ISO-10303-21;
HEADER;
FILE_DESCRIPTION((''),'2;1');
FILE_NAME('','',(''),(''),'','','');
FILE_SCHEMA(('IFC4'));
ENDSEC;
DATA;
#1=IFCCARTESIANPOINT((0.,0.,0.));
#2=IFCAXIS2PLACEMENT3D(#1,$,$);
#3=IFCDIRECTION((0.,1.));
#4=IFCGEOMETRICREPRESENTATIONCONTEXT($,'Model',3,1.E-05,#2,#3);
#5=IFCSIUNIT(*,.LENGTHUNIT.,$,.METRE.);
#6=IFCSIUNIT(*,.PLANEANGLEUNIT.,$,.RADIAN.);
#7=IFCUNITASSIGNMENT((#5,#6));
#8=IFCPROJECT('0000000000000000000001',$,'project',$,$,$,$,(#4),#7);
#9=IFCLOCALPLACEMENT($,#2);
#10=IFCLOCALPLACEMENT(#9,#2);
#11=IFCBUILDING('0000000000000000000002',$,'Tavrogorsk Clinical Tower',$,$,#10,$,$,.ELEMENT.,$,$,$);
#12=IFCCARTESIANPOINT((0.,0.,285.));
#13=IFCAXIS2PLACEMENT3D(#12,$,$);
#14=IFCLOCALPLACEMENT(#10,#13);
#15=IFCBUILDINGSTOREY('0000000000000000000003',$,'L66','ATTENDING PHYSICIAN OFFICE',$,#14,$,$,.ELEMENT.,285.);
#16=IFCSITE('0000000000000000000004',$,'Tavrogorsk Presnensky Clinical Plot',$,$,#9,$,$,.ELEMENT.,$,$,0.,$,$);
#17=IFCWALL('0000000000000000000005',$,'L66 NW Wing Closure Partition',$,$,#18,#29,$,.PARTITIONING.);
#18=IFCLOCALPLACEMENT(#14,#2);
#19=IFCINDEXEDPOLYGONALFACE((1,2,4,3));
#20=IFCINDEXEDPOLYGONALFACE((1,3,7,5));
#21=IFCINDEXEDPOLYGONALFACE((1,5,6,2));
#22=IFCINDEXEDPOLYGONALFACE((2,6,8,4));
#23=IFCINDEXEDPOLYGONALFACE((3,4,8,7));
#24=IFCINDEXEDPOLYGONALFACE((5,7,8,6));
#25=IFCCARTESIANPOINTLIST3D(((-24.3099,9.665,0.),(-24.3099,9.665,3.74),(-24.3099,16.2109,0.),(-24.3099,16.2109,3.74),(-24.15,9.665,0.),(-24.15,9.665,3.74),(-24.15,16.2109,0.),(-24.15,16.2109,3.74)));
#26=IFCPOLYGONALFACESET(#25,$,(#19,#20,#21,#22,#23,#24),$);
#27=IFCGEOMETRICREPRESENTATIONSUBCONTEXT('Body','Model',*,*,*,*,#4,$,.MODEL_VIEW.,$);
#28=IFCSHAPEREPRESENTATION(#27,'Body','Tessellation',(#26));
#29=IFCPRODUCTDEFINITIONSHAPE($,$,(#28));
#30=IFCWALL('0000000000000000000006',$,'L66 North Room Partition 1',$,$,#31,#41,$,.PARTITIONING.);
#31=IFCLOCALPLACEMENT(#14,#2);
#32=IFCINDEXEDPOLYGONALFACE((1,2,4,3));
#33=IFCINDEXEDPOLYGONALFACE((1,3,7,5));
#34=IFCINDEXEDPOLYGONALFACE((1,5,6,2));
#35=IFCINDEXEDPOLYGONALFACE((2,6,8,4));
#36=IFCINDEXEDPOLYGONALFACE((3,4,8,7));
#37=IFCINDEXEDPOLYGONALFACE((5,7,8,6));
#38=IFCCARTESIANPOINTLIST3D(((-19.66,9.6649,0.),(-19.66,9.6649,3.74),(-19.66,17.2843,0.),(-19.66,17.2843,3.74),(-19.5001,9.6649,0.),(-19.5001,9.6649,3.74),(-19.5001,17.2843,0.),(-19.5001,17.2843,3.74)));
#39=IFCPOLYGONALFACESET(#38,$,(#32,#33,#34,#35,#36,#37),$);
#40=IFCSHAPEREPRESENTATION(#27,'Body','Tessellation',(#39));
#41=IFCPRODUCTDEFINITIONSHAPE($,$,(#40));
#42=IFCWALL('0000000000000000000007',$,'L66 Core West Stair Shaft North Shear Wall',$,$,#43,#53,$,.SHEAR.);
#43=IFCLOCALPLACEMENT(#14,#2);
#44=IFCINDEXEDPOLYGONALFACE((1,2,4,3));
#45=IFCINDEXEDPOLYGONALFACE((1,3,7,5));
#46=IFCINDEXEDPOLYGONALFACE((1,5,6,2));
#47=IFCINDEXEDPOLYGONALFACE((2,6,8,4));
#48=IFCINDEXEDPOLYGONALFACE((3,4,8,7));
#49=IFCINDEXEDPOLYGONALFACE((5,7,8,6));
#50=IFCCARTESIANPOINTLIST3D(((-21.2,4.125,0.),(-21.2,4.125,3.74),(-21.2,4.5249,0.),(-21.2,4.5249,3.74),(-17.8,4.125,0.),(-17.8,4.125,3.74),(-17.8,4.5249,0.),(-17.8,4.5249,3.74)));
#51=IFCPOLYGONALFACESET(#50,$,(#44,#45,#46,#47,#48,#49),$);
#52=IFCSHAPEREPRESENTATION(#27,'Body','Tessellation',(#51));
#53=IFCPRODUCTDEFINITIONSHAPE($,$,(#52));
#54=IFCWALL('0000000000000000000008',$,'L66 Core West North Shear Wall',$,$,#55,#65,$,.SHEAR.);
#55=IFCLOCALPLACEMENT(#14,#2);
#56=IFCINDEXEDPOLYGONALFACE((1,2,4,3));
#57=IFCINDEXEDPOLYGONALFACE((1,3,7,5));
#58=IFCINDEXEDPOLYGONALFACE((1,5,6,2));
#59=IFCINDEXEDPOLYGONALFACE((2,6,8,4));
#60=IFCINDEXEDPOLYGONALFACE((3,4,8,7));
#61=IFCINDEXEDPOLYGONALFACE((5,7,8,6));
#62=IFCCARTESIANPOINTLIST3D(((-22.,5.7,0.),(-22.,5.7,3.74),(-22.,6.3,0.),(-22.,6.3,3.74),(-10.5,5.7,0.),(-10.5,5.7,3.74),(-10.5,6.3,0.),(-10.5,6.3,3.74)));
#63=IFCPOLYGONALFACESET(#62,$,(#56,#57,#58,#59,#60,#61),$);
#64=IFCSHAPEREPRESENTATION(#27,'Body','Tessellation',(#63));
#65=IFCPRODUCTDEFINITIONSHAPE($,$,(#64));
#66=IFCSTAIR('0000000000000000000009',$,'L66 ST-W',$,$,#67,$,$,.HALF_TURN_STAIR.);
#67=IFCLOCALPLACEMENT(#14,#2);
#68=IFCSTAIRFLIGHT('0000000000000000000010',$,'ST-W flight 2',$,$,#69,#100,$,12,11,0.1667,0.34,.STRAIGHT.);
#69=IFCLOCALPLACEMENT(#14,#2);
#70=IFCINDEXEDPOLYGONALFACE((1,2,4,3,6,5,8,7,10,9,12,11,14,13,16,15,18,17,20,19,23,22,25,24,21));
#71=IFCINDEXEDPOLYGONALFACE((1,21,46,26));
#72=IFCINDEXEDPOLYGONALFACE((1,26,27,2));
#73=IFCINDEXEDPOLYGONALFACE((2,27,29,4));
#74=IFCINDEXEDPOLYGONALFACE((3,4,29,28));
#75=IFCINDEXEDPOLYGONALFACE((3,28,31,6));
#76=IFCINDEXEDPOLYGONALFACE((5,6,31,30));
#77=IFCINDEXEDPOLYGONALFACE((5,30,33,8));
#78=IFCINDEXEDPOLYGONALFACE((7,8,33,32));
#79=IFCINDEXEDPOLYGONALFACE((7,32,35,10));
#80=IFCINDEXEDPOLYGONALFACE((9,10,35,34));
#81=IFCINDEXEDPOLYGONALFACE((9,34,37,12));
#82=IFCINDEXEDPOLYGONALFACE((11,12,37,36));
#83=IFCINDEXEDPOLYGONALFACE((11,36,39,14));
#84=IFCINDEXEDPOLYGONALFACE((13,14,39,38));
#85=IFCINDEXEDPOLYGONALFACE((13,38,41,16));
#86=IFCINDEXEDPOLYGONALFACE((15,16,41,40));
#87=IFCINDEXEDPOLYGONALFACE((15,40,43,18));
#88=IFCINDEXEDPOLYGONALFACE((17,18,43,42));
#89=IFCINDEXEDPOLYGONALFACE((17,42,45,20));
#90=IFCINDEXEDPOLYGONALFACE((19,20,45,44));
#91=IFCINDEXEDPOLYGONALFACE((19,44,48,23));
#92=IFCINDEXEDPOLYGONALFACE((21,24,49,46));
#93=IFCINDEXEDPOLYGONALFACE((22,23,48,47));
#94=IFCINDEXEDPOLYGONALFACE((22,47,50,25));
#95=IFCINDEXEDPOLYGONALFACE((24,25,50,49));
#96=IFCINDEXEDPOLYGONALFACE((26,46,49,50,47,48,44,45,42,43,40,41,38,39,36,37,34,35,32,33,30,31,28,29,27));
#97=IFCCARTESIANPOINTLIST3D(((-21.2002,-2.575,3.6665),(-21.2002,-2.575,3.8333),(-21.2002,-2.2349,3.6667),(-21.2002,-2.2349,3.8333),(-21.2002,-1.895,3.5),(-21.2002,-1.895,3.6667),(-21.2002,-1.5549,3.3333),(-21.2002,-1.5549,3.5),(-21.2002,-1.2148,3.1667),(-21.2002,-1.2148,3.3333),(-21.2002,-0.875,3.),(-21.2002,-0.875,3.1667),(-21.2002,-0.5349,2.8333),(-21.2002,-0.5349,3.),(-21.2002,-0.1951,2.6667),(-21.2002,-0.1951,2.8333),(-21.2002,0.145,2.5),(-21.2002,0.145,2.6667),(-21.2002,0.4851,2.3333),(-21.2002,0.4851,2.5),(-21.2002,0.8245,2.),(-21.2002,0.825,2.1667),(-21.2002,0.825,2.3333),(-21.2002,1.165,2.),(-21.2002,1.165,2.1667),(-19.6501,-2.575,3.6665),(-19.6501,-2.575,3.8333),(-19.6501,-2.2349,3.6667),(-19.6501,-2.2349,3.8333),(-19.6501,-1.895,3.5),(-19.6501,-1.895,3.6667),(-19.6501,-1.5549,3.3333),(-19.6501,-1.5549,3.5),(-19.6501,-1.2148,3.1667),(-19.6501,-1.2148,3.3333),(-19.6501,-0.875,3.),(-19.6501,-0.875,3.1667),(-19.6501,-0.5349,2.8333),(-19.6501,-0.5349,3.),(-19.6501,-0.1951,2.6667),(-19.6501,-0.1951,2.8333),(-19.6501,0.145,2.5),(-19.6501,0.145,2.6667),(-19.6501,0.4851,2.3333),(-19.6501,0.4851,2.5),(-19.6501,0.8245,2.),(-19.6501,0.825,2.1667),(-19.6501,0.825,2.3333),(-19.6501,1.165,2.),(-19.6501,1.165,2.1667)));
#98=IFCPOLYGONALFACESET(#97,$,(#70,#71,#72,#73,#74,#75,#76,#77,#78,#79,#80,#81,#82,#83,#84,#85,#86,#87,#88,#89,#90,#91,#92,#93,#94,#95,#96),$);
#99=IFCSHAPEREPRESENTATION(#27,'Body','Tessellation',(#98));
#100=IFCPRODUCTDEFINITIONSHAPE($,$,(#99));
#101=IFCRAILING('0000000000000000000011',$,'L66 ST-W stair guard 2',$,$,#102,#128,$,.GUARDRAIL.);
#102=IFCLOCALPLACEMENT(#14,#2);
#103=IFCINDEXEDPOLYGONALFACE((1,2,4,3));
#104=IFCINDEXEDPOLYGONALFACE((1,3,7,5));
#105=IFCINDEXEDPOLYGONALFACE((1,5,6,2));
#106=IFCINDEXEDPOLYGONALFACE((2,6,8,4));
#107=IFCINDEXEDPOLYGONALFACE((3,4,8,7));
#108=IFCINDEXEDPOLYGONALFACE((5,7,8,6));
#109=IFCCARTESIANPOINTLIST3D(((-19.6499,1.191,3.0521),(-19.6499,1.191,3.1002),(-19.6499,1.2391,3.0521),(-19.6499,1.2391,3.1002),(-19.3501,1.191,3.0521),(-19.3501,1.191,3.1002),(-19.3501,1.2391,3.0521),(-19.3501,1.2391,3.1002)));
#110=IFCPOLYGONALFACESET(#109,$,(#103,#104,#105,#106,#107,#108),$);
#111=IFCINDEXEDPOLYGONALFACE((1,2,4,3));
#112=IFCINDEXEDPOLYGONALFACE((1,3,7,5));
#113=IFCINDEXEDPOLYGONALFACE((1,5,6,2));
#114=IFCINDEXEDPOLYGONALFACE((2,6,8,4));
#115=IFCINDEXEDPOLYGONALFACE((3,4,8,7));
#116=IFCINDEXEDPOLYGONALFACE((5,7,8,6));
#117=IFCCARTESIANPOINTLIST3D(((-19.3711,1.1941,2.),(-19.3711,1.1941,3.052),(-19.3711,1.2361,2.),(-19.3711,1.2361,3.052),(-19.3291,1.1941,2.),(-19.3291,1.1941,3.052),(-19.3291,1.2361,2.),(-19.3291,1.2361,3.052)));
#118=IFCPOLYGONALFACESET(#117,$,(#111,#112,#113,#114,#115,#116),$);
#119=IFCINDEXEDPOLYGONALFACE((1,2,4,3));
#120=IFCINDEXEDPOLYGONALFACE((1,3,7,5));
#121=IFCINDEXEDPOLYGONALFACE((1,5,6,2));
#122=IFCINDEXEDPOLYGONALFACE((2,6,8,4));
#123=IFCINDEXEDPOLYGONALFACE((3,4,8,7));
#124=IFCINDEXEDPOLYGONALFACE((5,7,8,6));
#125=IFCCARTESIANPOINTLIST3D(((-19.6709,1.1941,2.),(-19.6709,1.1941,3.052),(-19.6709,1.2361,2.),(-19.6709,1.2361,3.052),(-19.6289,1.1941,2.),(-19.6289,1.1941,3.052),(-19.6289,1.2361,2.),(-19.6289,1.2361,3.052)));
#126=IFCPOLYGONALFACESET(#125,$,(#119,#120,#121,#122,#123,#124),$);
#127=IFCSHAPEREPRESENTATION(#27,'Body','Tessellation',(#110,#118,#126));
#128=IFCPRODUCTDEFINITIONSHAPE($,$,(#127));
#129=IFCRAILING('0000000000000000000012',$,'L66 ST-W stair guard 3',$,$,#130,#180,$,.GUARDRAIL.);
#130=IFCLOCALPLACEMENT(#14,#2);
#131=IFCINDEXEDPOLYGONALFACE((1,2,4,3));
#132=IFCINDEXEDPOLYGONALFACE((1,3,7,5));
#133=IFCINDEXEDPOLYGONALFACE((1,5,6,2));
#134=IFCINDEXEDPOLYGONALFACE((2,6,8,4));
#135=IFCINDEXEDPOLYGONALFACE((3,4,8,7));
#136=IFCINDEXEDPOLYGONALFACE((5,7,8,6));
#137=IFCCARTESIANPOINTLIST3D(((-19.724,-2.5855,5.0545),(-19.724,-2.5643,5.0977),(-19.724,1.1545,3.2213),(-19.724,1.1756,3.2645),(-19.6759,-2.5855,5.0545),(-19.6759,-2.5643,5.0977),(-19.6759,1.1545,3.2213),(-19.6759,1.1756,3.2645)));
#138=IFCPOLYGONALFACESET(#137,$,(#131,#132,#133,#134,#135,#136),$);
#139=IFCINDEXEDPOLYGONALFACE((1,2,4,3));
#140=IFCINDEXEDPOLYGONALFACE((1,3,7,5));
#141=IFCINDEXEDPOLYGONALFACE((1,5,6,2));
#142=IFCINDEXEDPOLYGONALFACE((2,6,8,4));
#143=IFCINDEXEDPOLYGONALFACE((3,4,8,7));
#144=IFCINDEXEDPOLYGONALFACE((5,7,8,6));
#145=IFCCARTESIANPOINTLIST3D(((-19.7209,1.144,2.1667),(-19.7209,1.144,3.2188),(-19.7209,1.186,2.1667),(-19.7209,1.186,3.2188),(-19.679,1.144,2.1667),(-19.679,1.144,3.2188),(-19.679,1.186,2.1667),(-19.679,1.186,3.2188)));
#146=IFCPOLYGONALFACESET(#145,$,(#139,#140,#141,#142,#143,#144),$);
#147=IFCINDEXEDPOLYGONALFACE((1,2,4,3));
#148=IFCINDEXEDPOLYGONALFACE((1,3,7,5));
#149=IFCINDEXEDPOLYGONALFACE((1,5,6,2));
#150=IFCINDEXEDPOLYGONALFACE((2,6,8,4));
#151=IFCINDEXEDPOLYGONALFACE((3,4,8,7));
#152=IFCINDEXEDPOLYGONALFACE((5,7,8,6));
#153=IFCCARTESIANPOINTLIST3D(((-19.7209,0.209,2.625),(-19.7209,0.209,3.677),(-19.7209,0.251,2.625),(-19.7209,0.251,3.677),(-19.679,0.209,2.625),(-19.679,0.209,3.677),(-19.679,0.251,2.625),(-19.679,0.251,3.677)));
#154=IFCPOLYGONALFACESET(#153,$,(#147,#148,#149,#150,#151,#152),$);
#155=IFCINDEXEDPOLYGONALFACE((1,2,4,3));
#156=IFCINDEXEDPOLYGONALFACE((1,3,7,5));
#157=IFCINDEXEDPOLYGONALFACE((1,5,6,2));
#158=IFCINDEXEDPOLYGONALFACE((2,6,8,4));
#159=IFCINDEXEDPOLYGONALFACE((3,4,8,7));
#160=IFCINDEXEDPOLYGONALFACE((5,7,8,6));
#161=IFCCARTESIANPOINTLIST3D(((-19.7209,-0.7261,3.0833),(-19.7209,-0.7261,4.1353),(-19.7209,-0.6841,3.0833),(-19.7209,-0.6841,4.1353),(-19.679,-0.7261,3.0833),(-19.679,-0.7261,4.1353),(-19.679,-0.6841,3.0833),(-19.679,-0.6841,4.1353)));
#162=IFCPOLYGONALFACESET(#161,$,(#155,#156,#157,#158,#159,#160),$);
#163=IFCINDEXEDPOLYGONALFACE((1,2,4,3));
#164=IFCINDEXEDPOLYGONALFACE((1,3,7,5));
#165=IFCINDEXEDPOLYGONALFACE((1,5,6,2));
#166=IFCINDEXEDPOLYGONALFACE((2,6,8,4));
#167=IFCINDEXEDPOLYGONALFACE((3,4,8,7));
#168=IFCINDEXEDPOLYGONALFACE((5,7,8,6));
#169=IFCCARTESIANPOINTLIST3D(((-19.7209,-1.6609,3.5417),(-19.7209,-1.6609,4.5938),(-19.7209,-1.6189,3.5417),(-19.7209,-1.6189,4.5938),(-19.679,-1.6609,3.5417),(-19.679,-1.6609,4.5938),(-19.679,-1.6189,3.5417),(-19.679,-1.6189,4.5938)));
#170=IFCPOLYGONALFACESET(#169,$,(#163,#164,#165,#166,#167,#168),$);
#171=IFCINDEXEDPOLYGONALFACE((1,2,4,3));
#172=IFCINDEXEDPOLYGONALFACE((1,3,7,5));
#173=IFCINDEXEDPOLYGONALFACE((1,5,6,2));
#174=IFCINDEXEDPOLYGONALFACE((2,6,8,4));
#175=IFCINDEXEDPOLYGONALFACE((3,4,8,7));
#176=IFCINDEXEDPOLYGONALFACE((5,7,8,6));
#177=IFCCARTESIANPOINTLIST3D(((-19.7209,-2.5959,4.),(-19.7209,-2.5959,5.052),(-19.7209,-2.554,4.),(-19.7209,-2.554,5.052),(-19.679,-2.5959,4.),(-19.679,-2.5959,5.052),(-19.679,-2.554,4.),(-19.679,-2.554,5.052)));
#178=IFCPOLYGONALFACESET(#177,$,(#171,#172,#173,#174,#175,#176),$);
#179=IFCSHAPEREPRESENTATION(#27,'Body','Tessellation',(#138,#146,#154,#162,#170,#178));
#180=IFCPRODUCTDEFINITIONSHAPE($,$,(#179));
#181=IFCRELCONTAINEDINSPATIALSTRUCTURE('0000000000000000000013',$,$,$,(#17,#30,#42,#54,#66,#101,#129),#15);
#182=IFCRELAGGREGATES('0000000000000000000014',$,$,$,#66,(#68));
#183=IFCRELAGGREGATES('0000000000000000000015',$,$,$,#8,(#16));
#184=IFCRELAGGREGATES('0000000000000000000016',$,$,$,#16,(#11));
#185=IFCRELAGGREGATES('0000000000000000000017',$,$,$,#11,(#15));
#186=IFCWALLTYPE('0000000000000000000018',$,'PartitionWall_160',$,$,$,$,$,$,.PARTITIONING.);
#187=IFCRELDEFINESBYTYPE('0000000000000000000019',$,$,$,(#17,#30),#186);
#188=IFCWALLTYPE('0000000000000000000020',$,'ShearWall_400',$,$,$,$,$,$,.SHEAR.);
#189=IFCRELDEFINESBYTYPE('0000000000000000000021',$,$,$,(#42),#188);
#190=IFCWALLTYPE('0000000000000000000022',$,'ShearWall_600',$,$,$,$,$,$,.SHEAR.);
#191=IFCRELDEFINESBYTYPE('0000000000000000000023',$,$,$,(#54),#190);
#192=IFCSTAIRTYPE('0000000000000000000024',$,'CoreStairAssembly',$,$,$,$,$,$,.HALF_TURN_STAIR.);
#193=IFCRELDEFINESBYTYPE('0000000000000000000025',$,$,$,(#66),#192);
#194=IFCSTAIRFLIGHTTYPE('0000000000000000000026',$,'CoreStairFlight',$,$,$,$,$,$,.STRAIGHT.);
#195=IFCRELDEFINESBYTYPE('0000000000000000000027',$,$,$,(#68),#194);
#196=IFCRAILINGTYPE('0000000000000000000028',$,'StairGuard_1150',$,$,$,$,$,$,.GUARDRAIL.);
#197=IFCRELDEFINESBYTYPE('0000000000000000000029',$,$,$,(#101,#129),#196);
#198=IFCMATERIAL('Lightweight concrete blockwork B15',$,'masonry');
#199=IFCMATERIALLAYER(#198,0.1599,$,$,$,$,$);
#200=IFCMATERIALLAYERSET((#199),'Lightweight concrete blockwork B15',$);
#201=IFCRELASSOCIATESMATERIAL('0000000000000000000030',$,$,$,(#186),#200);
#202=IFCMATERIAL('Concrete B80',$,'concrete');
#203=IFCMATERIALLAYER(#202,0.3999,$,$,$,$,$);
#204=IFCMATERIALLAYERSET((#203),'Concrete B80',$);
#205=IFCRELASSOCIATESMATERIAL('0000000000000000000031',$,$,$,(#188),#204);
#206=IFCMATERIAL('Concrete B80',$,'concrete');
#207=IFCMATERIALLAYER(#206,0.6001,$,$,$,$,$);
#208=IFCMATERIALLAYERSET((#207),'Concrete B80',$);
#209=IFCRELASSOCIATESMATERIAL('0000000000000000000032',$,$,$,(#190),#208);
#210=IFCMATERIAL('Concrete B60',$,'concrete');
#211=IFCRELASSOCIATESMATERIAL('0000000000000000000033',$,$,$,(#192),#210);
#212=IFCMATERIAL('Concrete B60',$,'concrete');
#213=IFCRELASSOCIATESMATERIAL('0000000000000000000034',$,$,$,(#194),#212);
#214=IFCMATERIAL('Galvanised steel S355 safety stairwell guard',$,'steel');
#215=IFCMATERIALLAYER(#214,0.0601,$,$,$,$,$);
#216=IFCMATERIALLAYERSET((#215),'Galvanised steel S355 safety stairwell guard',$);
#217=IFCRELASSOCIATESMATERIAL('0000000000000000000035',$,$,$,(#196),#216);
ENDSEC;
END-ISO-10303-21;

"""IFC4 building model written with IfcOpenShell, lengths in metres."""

from ifc_helpers import new_model, si_unit, direction, frame, frame_2d, origin, origin_2d, place, context, subcontext, project, spatial, polyline, rectangle, outline, extrude, material, layer, layer_set, type_object, element, aggregate, save


model = new_model("IFC4")

# Units and contexts
model_context = context("Model", 3, precision=1e-05, world=origin(), true_north=direction((0.0, 1.0)))
body_context = subcontext(model_context, "Body", "Model", "MODEL_VIEW")
ifc_project = project(units=[si_unit("LENGTHUNIT", "METRE"), si_unit("PLANEANGLEUNIT", "RADIAN")], contexts=[model_context])

# Site, building, storey
site_placement = place(None, origin())
site = spatial("IfcSite", under=ifc_project, at=site_placement, Name="Tavrogorsk Presnensky Clinical Plot", CompositionType="ELEMENT", RefElevation=0.0)
building_placement = place(site_placement, origin())
building = spatial("IfcBuilding", under=site, at=building_placement, Name="Tavrogorsk Clinical Tower", CompositionType="ELEMENT")
storey_placement = place(building_placement, frame((0.0, 0.0, 285.0)))
storey = spatial("IfcBuildingStorey", under=building, at=storey_placement, Name="L66", Description="ATTENDING PHYSICIAN OFFICE", CompositionType="ELEMENT", Elevation=285.0)

# Shared definitions
ifc_material_1 = material(Name="Lightweight concrete blockwork B15", Category="masonry")
ifc_layer_1 = layer(ifc_material_1, 0.1599)
ifc_layer_set_1 = layer_set([ifc_layer_1], Name="Lightweight concrete blockwork B15")
wall_type_1 = type_object("IfcWallType", Name="PartitionWall_160", PredefinedType="PARTITIONING", material=ifc_layer_set_1)

# Walls
wall_1_placement = place(storey_placement, frame((-24.23, 9.665, 0.0), z_axis=(0.0, 0.0, 1.0), x_axis=(0.0, 1.0, 0.0)))
element("IfcWall", 1, at=wall_1_placement, inside=storey, type_object=wall_type_1, Name="L66 NW Wing Closure Partition", PredefinedType="PARTITIONING", context=body_context, shape_type="SweptSolid", body=[
    extrude(rectangle(XDim=6.5459, YDim=0.1599, at=frame_2d((3.2729, 0.0))), origin(), (0.0, 0.0, 1.0), 3.74),
])
wall_2_placement = place(storey_placement, frame((-19.5801, 9.665, 0.0), z_axis=(0.0, 0.0, 1.0), x_axis=(0.0, 1.0, 0.0)))
element("IfcWall", 2, at=wall_2_placement, inside=storey, type_object=wall_type_1, Name="L66 North Room Partition 1", PredefinedType="PARTITIONING", context=body_context, shape_type="SweptSolid", body=[
    extrude(rectangle(XDim=7.6194, YDim=0.1599, at=frame_2d((3.8096, 0.0))), origin(), (0.0, 0.0, 1.0), 3.74),
])
ifc_material_2 = material(Name="Concrete B80", Category="concrete")
ifc_layer_2 = layer(ifc_material_2, 0.3999)
ifc_layer_set_2 = layer_set([ifc_layer_2], Name="Concrete B80")
wall_type_2 = type_object("IfcWallType", Name="ShearWall_400", PredefinedType="SHEAR", material=ifc_layer_set_2)
wall_3_placement = place(storey_placement, frame((-21.2, 4.325, 0.0), z_axis=(0.0, 0.0, 1.0), x_axis=(1.0, 0.0, 0.0)))
element("IfcWall", 3, at=wall_3_placement, inside=storey, type_object=wall_type_2, Name="L66 Core West Stair Shaft North Shear Wall", PredefinedType="SHEAR", context=body_context, shape_type="SweptSolid", body=[
    extrude(rectangle(XDim=3.3999, YDim=0.3999, at=frame_2d((1.7, 0.0))), origin(), (0.0, 0.0, 1.0), 3.74),
])
ifc_material_3 = material(Name="Concrete B80", Category="concrete")
ifc_layer_3 = layer(ifc_material_3, 0.6001)
ifc_layer_set_3 = layer_set([ifc_layer_3], Name="Concrete B80")
wall_type_3 = type_object("IfcWallType", Name="ShearWall_600", PredefinedType="SHEAR", material=ifc_layer_set_3)
wall_4_placement = place(storey_placement, frame((-22.0, 6.0, 0.0), z_axis=(0.0, 0.0, 1.0), x_axis=(1.0, 0.0, 0.0)))
element("IfcWall", 4, at=wall_4_placement, inside=storey, type_object=wall_type_3, Name="L66 Core West North Shear Wall", PredefinedType="SHEAR", context=body_context, shape_type="SweptSolid", body=[
    extrude(rectangle(XDim=11.5, YDim=0.6001, at=frame_2d((5.75, 0.0))), origin(), (0.0, 0.0, 1.0), 3.74),
])

# Stair, stair flight
ifc_material_4 = material(Name="Concrete B60", Category="concrete")
stair_type = type_object("IfcStairType", Name="CoreStairAssembly", PredefinedType="HALF_TURN_STAIR", material=ifc_material_4)
stair_placement = place(storey_placement, origin())
stair = element("IfcStair", 5, at=stair_placement, inside=storey, type_object=stair_type, Name="L66 ST-W", PredefinedType="HALF_TURN_STAIR")
ifc_material_5 = material(Name="Concrete B60", Category="concrete")
stair_flight_type = type_object("IfcStairFlightType", Name="CoreStairFlight", PredefinedType="STRAIGHT", material=ifc_material_5)
stair_flight_placement = place(storey_placement, frame((-20.425, 1.165, 2.0), z_axis=(0.0, 0.0, 1.0), x_axis=(0.0, -1.0, 0.0)))
stair_flight = element("IfcStairFlight", 6, at=stair_flight_placement, type_object=stair_flight_type, Name="ST-W flight 2", NumberOfRisers=12, NumberOfTreads=11, PredefinedType="STRAIGHT", RiserHeight=0.1667, TreadLength=0.34, context=body_context, shape_type="SweptSolid", body=[
    extrude(outline(polyline([(0.0, 0.0), (0.0, 0.1667), (0.3401, 0.1667), (0.3401, 0.3333), (0.6799, 0.3333), (0.6799, 0.5), (1.02, 0.5), (1.02, 0.6667), (1.3601, 0.6667), (1.3601, 0.8333), (1.7, 0.8333), (1.7, 1.0), (2.04, 1.0), (2.04, 1.1667), (2.3799, 1.1667), (2.3799, 1.3333), (2.72, 1.3333), (2.72, 1.5), (3.0601, 1.5), (3.0601, 1.6667), (3.3999, 1.6667), (3.3999, 1.8333), (3.74, 1.8333), (3.74, 2.0), (3.74, 1.6665), (0.3406, 0.0), (0.0, 0.0)])), frame((0.0, 0.7749, 0.0), z_axis=(0.0, -1.0, 0.0), x_axis=(1.0, 0.0, 0.0)), (0.0, 0.0, 1.0), 1.55),
])
aggregate(stair, [stair_flight])

# Railings
ifc_material_6 = material(Name="Galvanised steel S355 safety stairwell guard", Category="steel")
ifc_layer_4 = layer(ifc_material_6, 0.0601)
ifc_layer_set_4 = layer_set([ifc_layer_4], Name="Galvanised steel S355 safety stairwell guard")
railing_type_1 = type_object("IfcRailingType", Name="StairGuard_1150", PredefinedType="GUARDRAIL", material=ifc_layer_set_4)
railing_1_placement = place(storey_placement, frame((-19.3501, 1.2151, 2.0)))
element("IfcRailing", 7, at=railing_1_placement, inside=storey, type_object=railing_type_1, Name="L66 ST-W stair guard 2", PredefinedType="GUARDRAIL", context=body_context, shape_type="SweptSolid", body=[
    extrude(rectangle(XDim=0.0481, YDim=0.0481, at=origin_2d()), frame((0.0, 0.0, 1.0762), z_axis=(-1.0, 0.0, 0.0), x_axis=(0.0, -1.0, 0.0)), (0.0, 0.0, 1.0), 0.2998),
    extrude(rectangle(XDim=0.042, YDim=0.042, at=origin_2d()), origin(), (0.0, 0.0, 1.0), 1.052),
    extrude(rectangle(XDim=0.042, YDim=0.042, at=origin_2d()), frame((-0.2998, 0.0, 0.0)), (0.0, 0.0, 1.0), 1.052),
])
railing_2_placement = place(storey_placement, frame((-19.7, 1.165, 2.1667)))
element("IfcRailing", 8, at=railing_2_placement, inside=storey, type_object=railing_type_1, Name="L66 ST-W stair guard 3", PredefinedType="GUARDRAIL", context=body_context, shape_type="SweptSolid", body=[
    extrude(rectangle(XDim=0.0481, YDim=0.0481, at=origin_2d()), frame((0.0, 0.0, 1.0762), z_axis=(0.0, -0.897928, 0.440142), x_axis=(1.0, 0.0, 0.0)), (0.0, 0.0, 1.0), 4.165),
    extrude(rectangle(XDim=0.042, YDim=0.042, at=origin_2d()), origin(), (0.0, 0.0, 1.0), 1.052),
    extrude(rectangle(XDim=0.042, YDim=0.042, at=origin_2d()), frame((0.0, -0.9351, 0.4583)), (0.0, 0.0, 1.0), 1.052),
    extrude(rectangle(XDim=0.042, YDim=0.042, at=origin_2d()), frame((0.0, -1.8701, 0.9165)), (0.0, 0.0, 1.0), 1.052),
    extrude(rectangle(XDim=0.042, YDim=0.042, at=origin_2d()), frame((0.0, -2.8049, 1.375)), (0.0, 0.0, 1.0), 1.052),
    extrude(rectangle(XDim=0.042, YDim=0.042, at=origin_2d()), frame((0.0, -3.74, 1.8333)), (0.0, 0.0, 1.0), 1.052),
])

save(model, "model.ifc")
